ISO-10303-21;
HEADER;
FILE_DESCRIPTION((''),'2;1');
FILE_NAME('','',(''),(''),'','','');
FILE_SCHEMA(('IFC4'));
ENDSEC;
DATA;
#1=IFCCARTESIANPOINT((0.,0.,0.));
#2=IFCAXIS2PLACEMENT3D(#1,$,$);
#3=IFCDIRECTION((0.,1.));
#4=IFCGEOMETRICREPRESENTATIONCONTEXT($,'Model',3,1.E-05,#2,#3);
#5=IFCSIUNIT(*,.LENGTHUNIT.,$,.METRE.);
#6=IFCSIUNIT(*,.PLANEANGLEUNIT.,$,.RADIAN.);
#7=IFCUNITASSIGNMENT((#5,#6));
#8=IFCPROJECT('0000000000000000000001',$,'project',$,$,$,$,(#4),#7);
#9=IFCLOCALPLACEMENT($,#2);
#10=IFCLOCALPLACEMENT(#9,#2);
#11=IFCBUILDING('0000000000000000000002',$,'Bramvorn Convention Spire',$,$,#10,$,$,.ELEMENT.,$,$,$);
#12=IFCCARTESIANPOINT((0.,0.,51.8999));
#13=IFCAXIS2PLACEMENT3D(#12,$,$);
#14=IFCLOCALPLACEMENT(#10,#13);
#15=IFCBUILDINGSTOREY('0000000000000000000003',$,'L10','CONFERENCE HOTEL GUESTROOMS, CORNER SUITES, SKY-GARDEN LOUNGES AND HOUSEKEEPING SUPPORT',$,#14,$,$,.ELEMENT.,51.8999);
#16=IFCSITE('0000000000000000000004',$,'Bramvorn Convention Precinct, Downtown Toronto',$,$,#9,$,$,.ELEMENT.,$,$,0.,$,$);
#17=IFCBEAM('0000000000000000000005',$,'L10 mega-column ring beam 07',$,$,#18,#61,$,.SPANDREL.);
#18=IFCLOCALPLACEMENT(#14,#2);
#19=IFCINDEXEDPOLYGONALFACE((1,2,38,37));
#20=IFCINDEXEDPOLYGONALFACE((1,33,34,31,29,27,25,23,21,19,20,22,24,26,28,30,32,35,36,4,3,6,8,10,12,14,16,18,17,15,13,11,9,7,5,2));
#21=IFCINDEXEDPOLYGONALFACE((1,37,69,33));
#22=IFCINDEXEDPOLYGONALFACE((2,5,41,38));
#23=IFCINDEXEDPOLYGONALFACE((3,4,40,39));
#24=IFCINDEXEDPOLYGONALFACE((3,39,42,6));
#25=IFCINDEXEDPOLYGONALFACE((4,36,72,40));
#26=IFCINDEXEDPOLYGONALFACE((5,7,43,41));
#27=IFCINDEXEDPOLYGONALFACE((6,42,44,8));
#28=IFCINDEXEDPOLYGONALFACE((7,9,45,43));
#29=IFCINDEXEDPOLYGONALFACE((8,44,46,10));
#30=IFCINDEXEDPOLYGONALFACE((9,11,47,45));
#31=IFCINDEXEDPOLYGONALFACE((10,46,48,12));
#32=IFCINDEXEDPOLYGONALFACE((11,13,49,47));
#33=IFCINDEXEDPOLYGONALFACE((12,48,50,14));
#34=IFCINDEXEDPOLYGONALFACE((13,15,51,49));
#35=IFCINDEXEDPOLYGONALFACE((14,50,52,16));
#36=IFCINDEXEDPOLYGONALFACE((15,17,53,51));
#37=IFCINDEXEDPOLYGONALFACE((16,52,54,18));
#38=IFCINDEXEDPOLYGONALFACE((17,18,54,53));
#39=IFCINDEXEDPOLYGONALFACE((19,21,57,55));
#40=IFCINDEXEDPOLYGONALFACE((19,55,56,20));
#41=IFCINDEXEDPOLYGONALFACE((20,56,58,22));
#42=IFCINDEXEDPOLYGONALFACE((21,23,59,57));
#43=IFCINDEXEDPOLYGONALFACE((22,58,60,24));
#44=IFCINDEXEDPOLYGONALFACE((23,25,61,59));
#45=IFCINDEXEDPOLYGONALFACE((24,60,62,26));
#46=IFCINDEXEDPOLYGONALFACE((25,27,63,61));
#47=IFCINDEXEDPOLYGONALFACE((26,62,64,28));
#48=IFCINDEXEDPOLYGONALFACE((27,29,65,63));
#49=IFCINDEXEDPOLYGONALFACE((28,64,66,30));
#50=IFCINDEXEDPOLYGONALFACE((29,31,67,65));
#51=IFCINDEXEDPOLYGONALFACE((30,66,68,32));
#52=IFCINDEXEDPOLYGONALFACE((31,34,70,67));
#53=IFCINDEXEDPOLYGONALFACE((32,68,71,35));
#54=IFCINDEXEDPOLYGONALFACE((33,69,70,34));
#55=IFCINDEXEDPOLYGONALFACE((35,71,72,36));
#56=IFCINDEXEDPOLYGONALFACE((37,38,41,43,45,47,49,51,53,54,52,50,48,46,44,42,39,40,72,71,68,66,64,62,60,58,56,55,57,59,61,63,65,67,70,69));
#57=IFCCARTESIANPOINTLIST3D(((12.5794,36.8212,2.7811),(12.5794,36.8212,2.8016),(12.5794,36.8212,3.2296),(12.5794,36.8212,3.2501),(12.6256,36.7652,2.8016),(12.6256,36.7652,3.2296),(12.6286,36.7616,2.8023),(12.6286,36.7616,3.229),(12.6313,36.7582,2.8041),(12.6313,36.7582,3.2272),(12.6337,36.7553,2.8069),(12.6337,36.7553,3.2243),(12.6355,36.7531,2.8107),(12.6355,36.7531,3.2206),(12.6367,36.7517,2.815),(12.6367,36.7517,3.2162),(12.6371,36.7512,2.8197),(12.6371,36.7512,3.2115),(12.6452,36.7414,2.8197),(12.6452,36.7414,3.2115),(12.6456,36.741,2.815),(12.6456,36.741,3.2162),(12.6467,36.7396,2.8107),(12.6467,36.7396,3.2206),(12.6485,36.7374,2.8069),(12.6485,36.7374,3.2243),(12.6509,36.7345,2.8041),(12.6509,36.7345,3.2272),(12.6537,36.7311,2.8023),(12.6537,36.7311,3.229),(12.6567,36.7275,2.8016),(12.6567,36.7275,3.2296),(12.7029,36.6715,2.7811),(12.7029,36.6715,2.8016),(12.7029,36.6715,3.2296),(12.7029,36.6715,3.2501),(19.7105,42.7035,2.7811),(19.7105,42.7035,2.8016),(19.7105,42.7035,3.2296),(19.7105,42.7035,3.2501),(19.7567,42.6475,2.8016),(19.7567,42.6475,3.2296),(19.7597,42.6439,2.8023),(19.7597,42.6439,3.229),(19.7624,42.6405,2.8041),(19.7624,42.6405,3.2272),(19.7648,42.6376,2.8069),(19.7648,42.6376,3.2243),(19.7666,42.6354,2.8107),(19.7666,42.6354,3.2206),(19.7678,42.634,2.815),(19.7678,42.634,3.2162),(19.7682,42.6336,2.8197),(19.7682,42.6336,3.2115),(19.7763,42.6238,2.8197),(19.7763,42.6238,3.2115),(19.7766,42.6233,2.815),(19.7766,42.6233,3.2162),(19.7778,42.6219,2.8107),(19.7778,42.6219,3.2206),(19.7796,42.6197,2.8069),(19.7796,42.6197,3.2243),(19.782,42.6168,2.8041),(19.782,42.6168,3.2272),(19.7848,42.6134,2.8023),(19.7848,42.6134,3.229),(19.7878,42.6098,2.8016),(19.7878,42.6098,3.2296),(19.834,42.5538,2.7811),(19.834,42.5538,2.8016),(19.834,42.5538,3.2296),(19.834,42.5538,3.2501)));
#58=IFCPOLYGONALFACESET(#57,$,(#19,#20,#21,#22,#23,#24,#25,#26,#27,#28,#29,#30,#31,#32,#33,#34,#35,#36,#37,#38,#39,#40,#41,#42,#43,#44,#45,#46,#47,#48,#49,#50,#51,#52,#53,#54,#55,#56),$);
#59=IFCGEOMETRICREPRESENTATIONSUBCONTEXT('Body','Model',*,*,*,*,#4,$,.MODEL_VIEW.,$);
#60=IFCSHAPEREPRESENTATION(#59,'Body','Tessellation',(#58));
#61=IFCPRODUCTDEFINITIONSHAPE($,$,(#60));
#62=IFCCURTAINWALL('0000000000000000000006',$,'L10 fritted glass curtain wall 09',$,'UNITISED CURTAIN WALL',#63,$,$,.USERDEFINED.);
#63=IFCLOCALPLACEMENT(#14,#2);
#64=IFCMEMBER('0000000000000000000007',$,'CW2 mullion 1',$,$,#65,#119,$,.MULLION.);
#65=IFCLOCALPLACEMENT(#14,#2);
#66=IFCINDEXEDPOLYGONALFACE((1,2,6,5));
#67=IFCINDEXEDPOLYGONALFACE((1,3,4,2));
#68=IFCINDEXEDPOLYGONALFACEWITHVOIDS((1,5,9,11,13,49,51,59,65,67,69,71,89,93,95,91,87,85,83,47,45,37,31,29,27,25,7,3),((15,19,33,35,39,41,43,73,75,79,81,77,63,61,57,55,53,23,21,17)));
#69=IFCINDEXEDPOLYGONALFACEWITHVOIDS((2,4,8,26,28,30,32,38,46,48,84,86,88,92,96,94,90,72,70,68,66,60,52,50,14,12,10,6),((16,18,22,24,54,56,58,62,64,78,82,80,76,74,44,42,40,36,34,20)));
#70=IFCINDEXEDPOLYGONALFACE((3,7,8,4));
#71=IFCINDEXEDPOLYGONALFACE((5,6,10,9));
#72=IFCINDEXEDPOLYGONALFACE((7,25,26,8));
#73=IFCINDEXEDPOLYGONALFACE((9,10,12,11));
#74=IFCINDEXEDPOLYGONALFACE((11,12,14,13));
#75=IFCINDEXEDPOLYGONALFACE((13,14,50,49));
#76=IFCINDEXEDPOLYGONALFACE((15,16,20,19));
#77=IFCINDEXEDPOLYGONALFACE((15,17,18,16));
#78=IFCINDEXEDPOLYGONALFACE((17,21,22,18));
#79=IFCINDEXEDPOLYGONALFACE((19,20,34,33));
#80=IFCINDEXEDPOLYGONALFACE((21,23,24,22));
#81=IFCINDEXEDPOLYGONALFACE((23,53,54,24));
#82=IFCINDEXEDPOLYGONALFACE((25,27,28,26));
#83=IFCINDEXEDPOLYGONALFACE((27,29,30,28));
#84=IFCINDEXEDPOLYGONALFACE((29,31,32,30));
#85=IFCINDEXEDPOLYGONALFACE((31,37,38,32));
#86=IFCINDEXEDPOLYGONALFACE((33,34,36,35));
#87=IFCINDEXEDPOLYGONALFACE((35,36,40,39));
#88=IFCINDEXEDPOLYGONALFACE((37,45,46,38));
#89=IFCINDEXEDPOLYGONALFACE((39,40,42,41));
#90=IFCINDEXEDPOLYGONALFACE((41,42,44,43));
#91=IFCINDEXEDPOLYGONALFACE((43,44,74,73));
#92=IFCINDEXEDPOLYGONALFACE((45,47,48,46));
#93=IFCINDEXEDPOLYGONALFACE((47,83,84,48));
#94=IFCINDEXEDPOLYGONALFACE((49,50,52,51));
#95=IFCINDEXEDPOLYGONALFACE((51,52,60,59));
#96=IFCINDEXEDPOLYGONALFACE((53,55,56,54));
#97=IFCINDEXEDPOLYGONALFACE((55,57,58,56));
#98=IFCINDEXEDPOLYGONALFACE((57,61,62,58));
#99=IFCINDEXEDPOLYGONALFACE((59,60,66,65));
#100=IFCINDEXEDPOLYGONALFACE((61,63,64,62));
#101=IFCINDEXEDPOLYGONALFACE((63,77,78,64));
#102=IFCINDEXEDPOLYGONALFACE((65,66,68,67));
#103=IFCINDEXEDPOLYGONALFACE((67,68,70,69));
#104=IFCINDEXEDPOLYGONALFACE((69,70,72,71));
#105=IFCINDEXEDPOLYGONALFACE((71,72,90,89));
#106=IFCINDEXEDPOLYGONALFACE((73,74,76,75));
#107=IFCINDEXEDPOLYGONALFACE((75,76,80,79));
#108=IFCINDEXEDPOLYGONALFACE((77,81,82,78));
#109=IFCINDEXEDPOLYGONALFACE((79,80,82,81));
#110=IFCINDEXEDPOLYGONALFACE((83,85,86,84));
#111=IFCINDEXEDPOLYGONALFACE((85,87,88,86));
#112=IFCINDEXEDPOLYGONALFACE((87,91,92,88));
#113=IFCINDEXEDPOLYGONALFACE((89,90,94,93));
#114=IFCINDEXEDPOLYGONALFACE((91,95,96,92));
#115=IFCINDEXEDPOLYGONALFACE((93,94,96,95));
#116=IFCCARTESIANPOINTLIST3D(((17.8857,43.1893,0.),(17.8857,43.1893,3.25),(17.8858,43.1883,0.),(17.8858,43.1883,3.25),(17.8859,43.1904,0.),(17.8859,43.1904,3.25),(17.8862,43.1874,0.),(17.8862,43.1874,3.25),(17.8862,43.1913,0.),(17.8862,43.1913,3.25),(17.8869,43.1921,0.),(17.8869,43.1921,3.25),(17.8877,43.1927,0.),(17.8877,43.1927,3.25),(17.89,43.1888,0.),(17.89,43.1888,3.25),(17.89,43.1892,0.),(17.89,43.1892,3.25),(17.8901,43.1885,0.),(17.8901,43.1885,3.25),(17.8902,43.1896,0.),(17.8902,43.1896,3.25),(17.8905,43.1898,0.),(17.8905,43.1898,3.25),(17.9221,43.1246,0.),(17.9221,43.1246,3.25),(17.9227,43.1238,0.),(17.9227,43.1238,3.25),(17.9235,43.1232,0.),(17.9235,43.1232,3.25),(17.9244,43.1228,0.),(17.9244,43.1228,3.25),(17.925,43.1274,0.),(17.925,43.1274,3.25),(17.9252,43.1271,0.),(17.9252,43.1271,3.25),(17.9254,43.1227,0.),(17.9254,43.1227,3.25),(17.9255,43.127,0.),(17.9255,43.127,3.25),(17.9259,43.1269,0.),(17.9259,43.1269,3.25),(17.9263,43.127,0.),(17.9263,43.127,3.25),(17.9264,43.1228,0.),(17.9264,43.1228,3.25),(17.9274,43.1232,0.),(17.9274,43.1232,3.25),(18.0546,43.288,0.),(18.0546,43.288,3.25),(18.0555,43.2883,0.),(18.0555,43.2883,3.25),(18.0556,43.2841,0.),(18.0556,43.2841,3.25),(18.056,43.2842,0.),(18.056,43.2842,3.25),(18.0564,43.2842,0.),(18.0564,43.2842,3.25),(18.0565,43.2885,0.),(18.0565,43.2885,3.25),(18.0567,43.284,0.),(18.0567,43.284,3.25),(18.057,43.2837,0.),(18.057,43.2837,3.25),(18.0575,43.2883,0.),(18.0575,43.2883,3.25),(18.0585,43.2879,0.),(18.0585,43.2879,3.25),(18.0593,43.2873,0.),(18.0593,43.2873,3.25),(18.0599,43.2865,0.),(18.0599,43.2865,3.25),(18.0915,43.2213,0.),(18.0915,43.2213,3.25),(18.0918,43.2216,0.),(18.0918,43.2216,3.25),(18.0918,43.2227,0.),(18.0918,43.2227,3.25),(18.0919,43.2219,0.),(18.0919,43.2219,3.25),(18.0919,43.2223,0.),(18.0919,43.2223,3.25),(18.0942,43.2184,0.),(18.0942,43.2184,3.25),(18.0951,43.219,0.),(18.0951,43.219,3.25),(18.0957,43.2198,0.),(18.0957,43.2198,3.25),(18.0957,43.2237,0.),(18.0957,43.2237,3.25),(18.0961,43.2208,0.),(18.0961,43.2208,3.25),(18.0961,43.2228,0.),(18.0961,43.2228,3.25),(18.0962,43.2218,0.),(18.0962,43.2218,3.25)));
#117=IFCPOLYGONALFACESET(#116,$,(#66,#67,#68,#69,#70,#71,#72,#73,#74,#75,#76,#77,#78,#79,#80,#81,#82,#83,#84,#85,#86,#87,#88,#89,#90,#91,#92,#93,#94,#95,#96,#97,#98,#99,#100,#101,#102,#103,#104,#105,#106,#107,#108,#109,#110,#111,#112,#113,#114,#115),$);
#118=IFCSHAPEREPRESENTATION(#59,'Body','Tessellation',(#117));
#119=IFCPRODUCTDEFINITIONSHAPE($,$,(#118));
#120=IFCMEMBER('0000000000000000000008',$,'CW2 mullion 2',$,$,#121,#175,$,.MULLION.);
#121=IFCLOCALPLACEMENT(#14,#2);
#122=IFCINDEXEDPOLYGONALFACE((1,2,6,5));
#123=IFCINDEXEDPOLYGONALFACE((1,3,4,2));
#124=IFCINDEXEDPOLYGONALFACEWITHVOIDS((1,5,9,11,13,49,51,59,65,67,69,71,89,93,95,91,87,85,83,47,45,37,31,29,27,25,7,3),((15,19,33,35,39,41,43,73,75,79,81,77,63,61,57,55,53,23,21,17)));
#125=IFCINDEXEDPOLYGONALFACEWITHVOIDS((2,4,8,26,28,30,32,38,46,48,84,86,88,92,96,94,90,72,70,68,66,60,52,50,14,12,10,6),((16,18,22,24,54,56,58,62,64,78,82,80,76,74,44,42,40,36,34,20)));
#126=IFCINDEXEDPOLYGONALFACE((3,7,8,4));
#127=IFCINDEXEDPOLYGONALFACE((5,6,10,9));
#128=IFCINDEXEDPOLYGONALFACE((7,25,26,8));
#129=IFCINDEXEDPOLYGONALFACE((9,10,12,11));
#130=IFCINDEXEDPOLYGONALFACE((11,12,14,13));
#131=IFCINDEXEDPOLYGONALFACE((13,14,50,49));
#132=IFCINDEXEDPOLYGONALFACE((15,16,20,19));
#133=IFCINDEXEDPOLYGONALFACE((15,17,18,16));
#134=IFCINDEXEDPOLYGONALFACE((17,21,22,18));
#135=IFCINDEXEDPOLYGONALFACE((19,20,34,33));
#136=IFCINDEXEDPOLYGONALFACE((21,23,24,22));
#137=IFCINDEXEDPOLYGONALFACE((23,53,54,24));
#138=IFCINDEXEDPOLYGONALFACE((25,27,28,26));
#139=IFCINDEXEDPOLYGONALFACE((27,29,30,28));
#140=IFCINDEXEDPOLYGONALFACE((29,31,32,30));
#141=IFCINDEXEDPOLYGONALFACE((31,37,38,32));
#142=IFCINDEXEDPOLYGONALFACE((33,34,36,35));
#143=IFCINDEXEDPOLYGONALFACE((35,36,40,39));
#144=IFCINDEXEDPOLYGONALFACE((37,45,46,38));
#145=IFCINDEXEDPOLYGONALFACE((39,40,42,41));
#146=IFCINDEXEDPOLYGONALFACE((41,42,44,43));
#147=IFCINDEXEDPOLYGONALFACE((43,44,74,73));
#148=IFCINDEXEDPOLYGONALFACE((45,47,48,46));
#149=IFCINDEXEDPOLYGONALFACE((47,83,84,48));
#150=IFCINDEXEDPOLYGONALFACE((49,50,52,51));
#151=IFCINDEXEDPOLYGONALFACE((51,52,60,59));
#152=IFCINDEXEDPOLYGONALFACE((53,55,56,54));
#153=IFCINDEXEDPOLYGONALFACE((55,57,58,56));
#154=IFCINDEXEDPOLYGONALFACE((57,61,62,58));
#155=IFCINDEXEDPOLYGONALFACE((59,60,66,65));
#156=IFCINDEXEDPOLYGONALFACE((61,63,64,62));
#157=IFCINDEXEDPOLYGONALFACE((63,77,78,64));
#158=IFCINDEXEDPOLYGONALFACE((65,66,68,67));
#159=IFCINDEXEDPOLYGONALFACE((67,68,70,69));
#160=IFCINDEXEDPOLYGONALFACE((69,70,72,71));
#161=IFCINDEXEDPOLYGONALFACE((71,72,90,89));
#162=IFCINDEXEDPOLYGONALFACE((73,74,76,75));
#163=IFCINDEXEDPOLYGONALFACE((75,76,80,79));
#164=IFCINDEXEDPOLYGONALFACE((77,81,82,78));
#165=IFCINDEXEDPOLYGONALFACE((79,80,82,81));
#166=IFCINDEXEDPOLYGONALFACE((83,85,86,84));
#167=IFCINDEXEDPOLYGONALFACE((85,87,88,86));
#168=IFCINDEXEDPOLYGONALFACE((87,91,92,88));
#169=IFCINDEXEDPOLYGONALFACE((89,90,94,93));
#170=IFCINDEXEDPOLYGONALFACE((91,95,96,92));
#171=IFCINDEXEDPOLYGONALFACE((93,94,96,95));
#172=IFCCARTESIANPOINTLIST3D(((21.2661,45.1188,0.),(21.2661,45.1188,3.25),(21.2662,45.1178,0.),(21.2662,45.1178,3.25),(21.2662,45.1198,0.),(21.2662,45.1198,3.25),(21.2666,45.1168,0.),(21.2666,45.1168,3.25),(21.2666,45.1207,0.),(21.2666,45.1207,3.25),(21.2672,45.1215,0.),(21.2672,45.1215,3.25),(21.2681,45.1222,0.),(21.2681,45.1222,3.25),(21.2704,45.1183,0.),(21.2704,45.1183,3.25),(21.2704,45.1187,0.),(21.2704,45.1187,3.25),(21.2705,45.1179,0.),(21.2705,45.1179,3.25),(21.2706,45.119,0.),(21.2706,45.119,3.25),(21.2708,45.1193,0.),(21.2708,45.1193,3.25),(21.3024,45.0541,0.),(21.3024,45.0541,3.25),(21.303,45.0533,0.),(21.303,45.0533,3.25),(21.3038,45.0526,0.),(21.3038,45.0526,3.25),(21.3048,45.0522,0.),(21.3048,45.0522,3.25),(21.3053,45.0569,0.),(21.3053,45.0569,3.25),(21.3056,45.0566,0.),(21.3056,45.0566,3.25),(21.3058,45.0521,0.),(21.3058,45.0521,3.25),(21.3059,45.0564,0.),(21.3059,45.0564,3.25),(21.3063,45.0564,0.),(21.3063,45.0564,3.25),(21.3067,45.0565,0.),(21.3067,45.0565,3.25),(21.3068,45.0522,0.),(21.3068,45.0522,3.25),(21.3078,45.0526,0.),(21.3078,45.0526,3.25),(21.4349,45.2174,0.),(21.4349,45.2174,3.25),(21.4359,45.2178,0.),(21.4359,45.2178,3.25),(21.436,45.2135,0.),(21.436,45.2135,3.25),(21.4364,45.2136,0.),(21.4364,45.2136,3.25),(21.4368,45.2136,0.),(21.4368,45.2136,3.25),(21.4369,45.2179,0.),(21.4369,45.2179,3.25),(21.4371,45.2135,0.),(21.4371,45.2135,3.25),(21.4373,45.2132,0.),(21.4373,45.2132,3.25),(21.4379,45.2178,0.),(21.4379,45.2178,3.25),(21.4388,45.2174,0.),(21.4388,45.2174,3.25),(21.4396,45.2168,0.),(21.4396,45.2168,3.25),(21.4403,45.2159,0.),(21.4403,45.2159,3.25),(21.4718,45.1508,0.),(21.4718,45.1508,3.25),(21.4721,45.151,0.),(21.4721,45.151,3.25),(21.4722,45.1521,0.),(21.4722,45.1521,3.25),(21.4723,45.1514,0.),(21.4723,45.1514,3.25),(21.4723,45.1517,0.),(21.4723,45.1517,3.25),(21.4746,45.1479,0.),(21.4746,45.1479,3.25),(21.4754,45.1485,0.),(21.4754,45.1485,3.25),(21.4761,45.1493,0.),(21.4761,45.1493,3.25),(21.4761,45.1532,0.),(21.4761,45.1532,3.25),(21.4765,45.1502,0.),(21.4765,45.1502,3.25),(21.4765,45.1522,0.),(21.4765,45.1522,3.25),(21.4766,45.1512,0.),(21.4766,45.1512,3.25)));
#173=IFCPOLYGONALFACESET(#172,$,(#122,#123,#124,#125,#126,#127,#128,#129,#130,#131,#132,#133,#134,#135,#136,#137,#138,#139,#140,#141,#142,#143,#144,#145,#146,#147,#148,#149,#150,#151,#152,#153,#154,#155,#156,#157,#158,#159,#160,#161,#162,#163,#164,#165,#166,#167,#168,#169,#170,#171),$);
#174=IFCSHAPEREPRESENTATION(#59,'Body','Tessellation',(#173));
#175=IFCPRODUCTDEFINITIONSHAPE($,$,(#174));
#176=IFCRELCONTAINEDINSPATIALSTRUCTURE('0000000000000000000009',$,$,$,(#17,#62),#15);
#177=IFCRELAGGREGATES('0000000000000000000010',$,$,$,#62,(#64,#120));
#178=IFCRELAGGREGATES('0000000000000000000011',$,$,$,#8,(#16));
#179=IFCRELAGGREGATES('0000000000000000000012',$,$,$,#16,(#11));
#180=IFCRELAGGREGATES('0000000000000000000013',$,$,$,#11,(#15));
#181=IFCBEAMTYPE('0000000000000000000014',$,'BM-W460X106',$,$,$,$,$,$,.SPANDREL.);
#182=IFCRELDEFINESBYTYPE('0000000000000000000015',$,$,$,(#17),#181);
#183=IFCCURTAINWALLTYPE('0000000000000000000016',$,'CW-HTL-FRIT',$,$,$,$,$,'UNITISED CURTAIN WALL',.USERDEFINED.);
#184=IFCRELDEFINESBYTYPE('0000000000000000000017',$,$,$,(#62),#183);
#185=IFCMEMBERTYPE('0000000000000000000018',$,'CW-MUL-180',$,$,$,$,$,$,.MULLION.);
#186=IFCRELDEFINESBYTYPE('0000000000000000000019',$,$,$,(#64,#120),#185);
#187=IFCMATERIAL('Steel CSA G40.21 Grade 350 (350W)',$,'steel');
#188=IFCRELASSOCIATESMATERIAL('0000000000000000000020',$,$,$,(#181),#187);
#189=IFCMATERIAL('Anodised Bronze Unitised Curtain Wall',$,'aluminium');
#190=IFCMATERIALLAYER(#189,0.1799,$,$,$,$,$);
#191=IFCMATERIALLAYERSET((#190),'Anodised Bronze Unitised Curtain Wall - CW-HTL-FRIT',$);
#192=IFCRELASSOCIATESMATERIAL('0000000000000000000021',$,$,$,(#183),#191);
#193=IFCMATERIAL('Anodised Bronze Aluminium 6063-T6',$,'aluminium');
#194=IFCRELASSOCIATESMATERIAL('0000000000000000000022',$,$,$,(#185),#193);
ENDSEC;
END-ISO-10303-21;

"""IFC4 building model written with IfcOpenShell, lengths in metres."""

from ifc_helpers import new_model, si_unit, direction, frame, origin, origin_2d, place, context, subcontext, project, spatial, hollow_rectangle, i_section, extrude, material, layer, layer_set, material_profile, profile_set, type_object, element, aggregate, save


model = new_model("IFC4")

# Units and contexts
model_context = context("Model", 3, precision=1e-05, world=origin(), true_north=direction((0.0, 1.0)))
body_context = subcontext(model_context, "Body", "Model", "MODEL_VIEW")
ifc_project = project(units=[si_unit("LENGTHUNIT", "METRE"), si_unit("PLANEANGLEUNIT", "RADIAN")], contexts=[model_context])

# Site, building, storey
site_placement = place(None, origin())
site = spatial("IfcSite", under=ifc_project, at=site_placement, Name="Bramvorn Convention Precinct, Downtown Toronto", CompositionType="ELEMENT", RefElevation=0.0)
building_placement = place(site_placement, origin())
building = spatial("IfcBuilding", under=site, at=building_placement, Name="Bramvorn Convention Spire", CompositionType="ELEMENT")
storey_placement = place(building_placement, frame((0.0, 0.0, 51.8999)))
storey = spatial("IfcBuildingStorey", under=building, at=storey_placement, Name="L10", Description="CONFERENCE HOTEL GUESTROOMS, CORNER SUITES, SKY-GARDEN LOUNGES AND HOUSEKEEPING SUPPORT", CompositionType="ELEMENT", Elevation=51.8999)

# Shared definitions
ifc_material_1 = material(Name="Steel CSA G40.21 Grade 350 (350W)", Category="steel")

# Beam
ifc_material_profile_1 = material_profile(ifc_material_1, i_section(OverallWidth=0.1941, OverallDepth=0.469, WebThickness=0.0127, FlangeThickness=0.0205, FilletRadius=0.0181, at=origin_2d()))
ifc_profile_set_1 = profile_set([ifc_material_profile_1], Name="Steel CSA G40.21 Grade 350 (350W) - W460X106")
beam_type_1 = type_object("IfcBeamType", Name="BM-W460X106", PredefinedType="SPANDREL", material=ifc_profile_set_1)
beam_1_placement = place(storey_placement, frame((19.7722, 42.6287, 3.0156), z_axis=(-0.771418, -0.636329, 0.0), x_axis=(0.636329, -0.771418, 0.0)))
element("IfcBeam", 1, at=beam_1_placement, inside=storey, type_object=beam_type_1, Name="L10 mega-column ring beam 07", PredefinedType="SPANDREL", context=body_context, shape_type="SweptSolid", body=[
    extrude(i_section(OverallWidth=0.1941, OverallDepth=0.469, WebThickness=0.0127, FlangeThickness=0.0205, FilletRadius=0.0181, at=origin_2d()), origin(), (0.0, 0.0, 1.0), 9.2441),
])

# Curtain wall, members
ifc_material_2 = material(Name="Anodised Bronze Unitised Curtain Wall", Category="aluminium")
ifc_layer_1 = layer(ifc_material_2, 0.1799)
ifc_layer_set_1 = layer_set([ifc_layer_1], Name="Anodised Bronze Unitised Curtain Wall - CW-HTL-FRIT")
curtain_wall_type = type_object("IfcCurtainWallType", Name="CW-HTL-FRIT", ElementType="UNITISED CURTAIN WALL", PredefinedType="USERDEFINED", material=ifc_layer_set_1)
curtain_wall_1_placement = place(storey_placement, origin())
curtain_wall_1 = element("IfcCurtainWall", 2, at=curtain_wall_1_placement, inside=storey, type_object=curtain_wall_type, Name="L10 fritted glass curtain wall 09", ObjectType="UNITISED CURTAIN WALL", PredefinedType="USERDEFINED")
ifc_material_3 = material(Name="Anodised Bronze Aluminium 6063-T6", Category="aluminium")
ifc_material_profile_2 = material_profile(ifc_material_3, hollow_rectangle(XDim=0.0801, YDim=0.2, WallThickness=0.0039, InnerFilletRadius=0.001, OuterFilletRadius=0.0039, at=origin_2d()))
ifc_profile_set_2 = profile_set([ifc_material_profile_2], Name="Anodised Bronze Aluminium 6063-T6 - CWM80X200")
member_type_1 = type_object("IfcMemberType", Name="CW-MUL-180", PredefinedType="MULLION", material=ifc_profile_set_2)
member_1_placement = place(storey_placement, frame((17.991, 43.2056, 0.0), z_axis=(0.0, 0.0, 1.0), x_axis=(-0.495711, 0.868488, 0.0)))
member_1 = element("IfcMember", 3, at=member_1_placement, type_object=member_type_1, Name="CW2 mullion 1", PredefinedType="MULLION", context=body_context, shape_type="SweptSolid", body=[
    extrude(hollow_rectangle(XDim=0.0801, YDim=0.2, WallThickness=0.0039, InnerFilletRadius=0.001, OuterFilletRadius=0.0039, at=origin_2d()), origin(), (0.0, 0.0, 1.0), 3.25),
])
member_2_placement = place(storey_placement, frame((21.3713, 45.135, 0.0), z_axis=(0.0, 0.0, 1.0), x_axis=(-0.495711, 0.868488, 0.0)))
member_2 = element("IfcMember", 4, at=member_2_placement, type_object=member_type_1, Name="CW2 mullion 2", PredefinedType="MULLION", context=body_context, shape_type="SweptSolid", body=[
    extrude(hollow_rectangle(XDim=0.0801, YDim=0.2, WallThickness=0.0039, InnerFilletRadius=0.001, OuterFilletRadius=0.0039, at=origin_2d()), origin(), (0.0, 0.0, 1.0), 3.25),
])

aggregate(curtain_wall_1, [member_1, member_2])

save(model, "model.ifc")
